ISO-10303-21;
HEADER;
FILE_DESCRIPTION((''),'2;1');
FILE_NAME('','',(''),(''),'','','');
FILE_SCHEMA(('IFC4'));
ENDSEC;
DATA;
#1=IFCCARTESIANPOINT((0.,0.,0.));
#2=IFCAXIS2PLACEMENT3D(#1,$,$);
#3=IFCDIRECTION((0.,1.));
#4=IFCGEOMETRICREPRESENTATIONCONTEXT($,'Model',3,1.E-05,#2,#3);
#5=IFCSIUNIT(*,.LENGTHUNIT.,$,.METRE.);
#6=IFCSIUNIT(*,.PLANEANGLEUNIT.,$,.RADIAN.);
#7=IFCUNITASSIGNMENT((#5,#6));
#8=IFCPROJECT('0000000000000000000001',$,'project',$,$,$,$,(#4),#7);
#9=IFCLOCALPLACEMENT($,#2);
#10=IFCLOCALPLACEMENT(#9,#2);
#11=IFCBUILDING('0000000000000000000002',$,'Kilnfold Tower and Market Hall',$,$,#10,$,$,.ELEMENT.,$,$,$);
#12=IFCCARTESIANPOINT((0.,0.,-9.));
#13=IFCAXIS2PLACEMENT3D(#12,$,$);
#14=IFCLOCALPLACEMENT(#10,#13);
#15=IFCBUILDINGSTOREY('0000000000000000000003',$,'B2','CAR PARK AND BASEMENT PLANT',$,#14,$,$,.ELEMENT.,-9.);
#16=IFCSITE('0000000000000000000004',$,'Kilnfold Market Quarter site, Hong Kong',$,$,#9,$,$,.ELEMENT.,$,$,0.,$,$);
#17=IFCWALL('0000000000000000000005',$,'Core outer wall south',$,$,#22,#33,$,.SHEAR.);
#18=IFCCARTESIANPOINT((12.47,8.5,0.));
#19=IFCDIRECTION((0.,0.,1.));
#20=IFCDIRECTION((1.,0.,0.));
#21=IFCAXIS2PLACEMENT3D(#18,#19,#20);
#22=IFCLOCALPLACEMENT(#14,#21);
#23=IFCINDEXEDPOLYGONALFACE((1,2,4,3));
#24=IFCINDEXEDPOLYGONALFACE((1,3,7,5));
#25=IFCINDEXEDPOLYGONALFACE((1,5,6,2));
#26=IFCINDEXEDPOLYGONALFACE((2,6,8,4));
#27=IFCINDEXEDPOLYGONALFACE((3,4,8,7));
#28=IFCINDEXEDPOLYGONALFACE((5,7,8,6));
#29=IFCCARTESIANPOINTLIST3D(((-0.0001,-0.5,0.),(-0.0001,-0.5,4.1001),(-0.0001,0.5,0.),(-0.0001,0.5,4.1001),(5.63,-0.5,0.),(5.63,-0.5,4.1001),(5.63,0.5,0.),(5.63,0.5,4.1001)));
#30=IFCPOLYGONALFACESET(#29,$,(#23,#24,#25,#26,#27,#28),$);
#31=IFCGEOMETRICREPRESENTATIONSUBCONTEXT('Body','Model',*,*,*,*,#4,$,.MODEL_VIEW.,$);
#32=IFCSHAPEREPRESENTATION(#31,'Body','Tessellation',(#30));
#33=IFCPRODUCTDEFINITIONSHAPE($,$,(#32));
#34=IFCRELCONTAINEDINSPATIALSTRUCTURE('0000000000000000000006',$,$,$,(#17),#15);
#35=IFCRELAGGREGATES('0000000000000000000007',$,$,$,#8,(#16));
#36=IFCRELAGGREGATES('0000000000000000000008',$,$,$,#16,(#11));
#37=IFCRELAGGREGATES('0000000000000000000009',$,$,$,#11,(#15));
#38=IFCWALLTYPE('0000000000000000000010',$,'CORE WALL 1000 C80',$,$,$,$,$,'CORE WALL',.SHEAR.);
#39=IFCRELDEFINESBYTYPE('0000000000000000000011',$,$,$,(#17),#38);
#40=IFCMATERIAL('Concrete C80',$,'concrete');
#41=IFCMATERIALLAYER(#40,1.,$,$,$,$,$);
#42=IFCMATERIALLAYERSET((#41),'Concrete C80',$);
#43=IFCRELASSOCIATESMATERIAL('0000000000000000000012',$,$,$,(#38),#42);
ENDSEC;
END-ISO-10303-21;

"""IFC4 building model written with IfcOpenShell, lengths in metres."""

from ifc_helpers import new_model, si_unit, direction, frame, frame_2d, origin, place, context, subcontext, project, spatial, rectangle, extrude, source, transform, mapped, material, layer, layer_set, type_object, element, save


model = new_model("IFC4")

# Units and contexts
model_context = context("Model", 3, precision=1e-05, world=origin(), true_north=direction((0.0, 1.0)))
body_context = subcontext(model_context, "Body", "Model", "MODEL_VIEW")
ifc_project = project(units=[si_unit("LENGTHUNIT", "METRE"), si_unit("PLANEANGLEUNIT", "RADIAN")], contexts=[model_context])

# Site, building, storey
site_placement = place(None, origin())
site = spatial("IfcSite", under=ifc_project, at=site_placement, Name="Kilnfold Market Quarter site, Hong Kong", CompositionType="ELEMENT", RefElevation=0.0)
building_placement = place(site_placement, origin())
building = spatial("IfcBuilding", under=site, at=building_placement, Name="Kilnfold Tower and Market Hall", CompositionType="ELEMENT")
storey_placement = place(building_placement, frame((0.0, 0.0, -9.0)))
storey = spatial("IfcBuildingStorey", under=building, at=storey_placement, Name="B2", Description="CAR PARK AND BASEMENT PLANT", CompositionType="ELEMENT", Elevation=-9.0)

# Wall
ifc_material_1 = material(Name="Concrete C80", Category="concrete")
ifc_layer_1 = layer(ifc_material_1, 1.0)
ifc_layer_set_1 = layer_set([ifc_layer_1], Name="Concrete C80")
wall_type_1 = type_object("IfcWallType", Name="CORE WALL 1000 C80", ElementType="CORE WALL", PredefinedType="SHEAR", material=ifc_layer_set_1)
shared_shape_1 = source(origin(), body_context, "Body", "SweptSolid", [
    extrude(rectangle(XDim=5.6301, YDim=1.0, at=frame_2d((2.8149, 0.0))), origin(), (0.0, 0.0, 1.0), 4.1001),
])
wall_1_placement = place(storey_placement, frame((12.47, 8.5, 0.0), z_axis=(0.0, 0.0, 1.0), x_axis=(1.0, 0.0, 0.0)))
element("IfcWall", 1, at=wall_1_placement, inside=storey, type_object=wall_type_1, Name="Core outer wall south", PredefinedType="SHEAR", context=body_context, shape_type="MappedRepresentation", body=[
    mapped(shared_shape_1, transform((0.0, 0.0, 0.0))),
])

save(model, "model.ifc")
